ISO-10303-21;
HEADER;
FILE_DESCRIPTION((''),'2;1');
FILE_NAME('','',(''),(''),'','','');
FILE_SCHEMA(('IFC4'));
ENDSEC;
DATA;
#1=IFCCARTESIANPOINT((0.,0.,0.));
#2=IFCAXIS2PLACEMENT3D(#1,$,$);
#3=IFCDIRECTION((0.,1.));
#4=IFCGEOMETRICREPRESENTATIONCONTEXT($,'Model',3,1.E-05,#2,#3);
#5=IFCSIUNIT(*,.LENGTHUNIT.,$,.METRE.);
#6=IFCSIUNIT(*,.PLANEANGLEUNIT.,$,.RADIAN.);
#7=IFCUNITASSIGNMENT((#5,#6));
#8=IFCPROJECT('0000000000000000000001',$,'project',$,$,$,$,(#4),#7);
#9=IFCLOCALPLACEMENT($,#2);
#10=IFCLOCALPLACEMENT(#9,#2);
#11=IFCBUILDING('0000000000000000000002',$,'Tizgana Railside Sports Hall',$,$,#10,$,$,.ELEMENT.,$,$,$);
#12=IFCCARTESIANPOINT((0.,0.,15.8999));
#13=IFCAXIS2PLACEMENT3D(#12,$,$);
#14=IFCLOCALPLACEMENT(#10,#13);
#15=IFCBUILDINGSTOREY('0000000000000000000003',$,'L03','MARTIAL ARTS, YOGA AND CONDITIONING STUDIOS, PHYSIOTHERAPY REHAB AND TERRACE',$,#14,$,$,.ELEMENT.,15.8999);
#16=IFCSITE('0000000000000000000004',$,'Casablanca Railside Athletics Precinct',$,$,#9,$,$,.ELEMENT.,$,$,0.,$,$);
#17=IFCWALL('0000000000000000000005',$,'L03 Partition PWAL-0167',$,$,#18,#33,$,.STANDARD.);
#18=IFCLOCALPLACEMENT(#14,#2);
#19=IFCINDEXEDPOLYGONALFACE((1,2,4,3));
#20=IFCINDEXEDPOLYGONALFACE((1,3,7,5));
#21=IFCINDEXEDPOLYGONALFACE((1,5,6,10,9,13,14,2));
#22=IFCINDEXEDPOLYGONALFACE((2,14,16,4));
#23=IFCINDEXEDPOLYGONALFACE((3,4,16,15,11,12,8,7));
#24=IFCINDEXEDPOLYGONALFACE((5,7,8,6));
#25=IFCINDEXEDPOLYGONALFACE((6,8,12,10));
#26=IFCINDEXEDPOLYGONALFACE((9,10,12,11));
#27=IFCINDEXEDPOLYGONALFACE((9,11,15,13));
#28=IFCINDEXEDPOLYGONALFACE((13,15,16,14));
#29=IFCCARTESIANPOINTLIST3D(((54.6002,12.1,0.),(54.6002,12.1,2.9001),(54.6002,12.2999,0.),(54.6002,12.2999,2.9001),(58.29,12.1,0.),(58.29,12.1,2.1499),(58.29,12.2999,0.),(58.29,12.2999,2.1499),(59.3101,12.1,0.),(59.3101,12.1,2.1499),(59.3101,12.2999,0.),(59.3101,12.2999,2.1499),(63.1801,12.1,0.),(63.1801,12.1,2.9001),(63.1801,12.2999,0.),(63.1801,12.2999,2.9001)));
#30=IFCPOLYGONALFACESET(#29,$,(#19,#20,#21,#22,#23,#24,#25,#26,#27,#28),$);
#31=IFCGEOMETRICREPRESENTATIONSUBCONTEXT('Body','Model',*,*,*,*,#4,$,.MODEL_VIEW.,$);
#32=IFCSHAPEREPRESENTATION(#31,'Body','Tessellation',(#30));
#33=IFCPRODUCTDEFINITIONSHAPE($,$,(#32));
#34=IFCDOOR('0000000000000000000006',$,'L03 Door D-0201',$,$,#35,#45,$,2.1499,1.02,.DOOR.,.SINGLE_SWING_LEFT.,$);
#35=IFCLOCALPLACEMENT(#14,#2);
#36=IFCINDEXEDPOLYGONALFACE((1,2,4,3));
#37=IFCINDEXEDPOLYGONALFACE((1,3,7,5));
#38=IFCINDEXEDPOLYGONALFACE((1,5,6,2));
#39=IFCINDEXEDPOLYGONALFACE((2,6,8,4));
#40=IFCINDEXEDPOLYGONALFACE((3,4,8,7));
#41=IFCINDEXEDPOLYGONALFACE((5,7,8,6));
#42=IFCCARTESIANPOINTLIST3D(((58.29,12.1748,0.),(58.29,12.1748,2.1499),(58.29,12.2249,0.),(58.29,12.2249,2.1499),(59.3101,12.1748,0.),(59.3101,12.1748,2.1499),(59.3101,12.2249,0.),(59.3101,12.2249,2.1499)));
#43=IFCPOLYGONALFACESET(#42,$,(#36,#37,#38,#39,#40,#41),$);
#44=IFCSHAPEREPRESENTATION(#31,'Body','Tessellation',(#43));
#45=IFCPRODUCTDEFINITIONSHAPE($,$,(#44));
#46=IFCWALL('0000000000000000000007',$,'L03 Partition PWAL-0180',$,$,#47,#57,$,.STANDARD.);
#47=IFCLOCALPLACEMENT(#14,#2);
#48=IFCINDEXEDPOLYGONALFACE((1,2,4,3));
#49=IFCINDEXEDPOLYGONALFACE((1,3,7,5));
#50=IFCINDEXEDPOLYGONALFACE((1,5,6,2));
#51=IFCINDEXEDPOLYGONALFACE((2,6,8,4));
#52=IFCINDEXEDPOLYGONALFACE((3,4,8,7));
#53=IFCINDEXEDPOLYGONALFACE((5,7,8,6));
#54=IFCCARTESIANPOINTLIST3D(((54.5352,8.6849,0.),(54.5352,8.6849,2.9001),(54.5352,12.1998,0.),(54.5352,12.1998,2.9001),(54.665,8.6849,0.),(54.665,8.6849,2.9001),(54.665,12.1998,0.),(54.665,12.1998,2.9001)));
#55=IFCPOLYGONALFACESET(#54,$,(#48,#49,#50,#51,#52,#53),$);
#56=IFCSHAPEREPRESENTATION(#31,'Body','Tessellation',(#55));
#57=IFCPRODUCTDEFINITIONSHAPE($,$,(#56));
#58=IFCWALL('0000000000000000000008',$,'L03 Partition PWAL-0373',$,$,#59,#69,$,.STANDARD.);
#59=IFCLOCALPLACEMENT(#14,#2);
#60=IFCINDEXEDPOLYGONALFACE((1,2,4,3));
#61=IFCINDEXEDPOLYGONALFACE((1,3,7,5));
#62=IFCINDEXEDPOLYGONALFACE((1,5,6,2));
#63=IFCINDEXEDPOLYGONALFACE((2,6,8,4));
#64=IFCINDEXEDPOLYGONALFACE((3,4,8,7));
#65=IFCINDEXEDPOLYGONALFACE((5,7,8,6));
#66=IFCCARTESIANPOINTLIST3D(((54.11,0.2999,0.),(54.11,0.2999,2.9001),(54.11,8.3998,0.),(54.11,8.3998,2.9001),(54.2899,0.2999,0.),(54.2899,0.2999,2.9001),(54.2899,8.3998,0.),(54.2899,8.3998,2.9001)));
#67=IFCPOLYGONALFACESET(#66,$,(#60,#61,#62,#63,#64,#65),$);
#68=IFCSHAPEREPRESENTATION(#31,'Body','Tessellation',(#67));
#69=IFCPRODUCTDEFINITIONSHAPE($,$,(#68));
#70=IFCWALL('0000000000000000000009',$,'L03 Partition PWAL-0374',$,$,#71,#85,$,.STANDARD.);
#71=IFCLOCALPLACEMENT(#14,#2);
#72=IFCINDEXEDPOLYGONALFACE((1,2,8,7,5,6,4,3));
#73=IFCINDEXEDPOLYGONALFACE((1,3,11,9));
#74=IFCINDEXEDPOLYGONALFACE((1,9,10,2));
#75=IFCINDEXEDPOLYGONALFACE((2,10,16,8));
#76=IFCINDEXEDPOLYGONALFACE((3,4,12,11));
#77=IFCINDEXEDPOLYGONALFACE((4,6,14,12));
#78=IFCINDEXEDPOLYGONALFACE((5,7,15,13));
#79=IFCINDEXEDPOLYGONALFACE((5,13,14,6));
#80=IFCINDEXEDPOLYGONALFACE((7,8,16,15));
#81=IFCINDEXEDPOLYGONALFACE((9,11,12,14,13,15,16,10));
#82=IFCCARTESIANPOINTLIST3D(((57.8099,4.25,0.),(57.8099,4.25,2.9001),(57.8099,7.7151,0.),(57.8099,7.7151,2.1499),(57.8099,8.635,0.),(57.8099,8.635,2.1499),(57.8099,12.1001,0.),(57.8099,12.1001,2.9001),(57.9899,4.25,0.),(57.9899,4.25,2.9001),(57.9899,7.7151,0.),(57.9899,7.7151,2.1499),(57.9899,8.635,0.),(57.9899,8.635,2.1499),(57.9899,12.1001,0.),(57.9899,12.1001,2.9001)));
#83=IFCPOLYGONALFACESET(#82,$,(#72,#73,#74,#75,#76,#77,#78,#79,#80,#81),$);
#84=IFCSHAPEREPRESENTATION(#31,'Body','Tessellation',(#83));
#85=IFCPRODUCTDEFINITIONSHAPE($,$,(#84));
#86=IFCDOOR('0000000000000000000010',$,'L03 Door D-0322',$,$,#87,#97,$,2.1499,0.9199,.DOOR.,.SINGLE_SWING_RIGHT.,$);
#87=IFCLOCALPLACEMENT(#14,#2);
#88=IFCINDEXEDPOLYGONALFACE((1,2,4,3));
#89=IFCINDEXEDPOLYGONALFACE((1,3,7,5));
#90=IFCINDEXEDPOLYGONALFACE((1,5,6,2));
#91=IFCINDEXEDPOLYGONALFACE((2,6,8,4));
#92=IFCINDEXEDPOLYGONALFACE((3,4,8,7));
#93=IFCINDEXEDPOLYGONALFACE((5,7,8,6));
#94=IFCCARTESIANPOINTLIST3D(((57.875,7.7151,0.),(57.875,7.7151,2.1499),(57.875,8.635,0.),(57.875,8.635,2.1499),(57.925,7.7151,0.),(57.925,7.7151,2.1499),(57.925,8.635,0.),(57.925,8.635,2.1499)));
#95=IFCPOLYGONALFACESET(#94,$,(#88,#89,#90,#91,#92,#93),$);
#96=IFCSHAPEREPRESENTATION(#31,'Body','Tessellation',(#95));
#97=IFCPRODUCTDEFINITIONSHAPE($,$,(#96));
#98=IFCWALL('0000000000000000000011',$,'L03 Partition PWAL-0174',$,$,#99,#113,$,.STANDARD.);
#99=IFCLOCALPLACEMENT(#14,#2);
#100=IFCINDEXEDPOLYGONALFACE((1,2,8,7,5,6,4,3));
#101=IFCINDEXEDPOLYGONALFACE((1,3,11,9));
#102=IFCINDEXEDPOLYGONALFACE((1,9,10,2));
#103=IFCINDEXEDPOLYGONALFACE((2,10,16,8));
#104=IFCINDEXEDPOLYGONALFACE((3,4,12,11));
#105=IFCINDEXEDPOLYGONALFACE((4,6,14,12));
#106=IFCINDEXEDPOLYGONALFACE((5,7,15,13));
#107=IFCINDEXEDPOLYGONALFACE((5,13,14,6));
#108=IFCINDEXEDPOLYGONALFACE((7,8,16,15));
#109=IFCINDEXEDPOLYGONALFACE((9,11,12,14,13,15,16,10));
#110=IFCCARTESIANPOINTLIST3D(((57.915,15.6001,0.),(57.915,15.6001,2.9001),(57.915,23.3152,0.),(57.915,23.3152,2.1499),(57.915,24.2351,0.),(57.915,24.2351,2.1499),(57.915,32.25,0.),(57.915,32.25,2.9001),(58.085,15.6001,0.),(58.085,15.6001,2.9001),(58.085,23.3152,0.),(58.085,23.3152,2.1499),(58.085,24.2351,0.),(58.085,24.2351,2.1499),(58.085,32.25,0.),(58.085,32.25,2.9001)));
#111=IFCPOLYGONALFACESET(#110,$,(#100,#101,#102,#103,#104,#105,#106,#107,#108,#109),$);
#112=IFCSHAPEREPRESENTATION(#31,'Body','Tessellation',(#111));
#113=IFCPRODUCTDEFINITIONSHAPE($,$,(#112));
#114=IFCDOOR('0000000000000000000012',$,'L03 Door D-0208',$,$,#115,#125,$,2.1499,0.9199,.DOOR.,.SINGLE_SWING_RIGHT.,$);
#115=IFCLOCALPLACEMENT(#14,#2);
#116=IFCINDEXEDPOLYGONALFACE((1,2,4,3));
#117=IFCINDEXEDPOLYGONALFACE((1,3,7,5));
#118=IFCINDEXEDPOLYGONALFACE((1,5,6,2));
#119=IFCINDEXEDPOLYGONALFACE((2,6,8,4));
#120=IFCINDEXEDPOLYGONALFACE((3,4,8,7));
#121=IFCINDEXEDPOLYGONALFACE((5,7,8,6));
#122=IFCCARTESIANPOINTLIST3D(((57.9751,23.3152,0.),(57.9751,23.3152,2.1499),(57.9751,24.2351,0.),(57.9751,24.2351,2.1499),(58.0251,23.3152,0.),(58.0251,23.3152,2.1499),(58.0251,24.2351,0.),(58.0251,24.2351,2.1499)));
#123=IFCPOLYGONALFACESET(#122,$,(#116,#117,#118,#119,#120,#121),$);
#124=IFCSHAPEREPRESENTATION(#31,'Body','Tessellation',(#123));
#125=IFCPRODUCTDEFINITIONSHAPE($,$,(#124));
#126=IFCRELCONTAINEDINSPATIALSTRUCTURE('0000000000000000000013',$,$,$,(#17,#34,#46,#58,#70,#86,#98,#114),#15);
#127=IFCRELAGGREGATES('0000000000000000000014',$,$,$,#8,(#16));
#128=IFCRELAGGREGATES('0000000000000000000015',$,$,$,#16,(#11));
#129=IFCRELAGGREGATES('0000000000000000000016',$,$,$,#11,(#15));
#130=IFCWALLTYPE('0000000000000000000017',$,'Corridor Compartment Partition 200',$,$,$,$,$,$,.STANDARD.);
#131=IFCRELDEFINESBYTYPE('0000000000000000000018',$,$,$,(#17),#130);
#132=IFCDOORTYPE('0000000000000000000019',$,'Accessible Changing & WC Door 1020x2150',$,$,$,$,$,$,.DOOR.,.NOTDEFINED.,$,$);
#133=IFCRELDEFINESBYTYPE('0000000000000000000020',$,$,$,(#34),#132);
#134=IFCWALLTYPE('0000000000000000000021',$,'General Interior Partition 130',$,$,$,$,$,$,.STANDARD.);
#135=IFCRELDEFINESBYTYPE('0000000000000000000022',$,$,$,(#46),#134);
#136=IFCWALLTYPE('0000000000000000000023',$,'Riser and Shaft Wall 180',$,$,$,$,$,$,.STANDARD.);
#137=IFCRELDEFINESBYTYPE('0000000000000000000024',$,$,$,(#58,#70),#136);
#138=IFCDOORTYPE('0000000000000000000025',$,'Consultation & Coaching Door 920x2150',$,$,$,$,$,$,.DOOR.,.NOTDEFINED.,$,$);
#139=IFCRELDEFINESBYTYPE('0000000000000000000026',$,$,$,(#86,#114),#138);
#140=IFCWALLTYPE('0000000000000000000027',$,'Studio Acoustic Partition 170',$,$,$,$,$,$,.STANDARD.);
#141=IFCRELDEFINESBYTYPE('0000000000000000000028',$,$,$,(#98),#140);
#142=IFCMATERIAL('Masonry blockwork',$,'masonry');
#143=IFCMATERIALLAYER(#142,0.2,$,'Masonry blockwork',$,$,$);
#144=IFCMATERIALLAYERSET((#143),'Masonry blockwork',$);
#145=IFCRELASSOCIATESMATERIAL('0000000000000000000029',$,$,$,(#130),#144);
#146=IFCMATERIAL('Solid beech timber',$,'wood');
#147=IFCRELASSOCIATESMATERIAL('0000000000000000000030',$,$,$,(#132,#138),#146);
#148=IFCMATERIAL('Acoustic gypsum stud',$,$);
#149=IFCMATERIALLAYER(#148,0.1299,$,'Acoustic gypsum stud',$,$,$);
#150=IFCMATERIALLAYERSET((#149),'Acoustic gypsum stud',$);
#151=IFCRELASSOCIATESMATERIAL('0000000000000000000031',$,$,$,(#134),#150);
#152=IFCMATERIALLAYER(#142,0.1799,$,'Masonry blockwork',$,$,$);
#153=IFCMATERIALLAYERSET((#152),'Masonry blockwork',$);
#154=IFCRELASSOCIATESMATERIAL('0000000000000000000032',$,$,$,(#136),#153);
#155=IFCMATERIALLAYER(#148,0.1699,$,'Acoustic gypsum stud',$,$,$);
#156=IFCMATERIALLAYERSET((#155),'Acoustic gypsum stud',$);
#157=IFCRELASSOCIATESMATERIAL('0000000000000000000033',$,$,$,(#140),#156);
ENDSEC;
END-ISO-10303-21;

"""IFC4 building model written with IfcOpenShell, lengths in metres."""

from ifc_helpers import new_model, si_unit, direction, frame, frame_2d, origin, place, context, subcontext, project, spatial, rectangle, extrude, material, layer, layer_set, type_object, element, fill, save


model = new_model("IFC4")

# Units and contexts
model_context = context("Model", 3, precision=1e-05, world=origin(), true_north=direction((0.0, 1.0)))
body_context = subcontext(model_context, "Body", "Model", "MODEL_VIEW")
ifc_project = project(units=[si_unit("LENGTHUNIT", "METRE"), si_unit("PLANEANGLEUNIT", "RADIAN")], contexts=[model_context])

# Site, building, storey
site_placement = place(None, origin())
site = spatial("IfcSite", under=ifc_project, at=site_placement, Name="Casablanca Railside Athletics Precinct", CompositionType="ELEMENT", RefElevation=0.0)
building_placement = place(site_placement, origin())
building = spatial("IfcBuilding", under=site, at=building_placement, Name="Tizgana Railside Sports Hall", CompositionType="ELEMENT")
storey_placement = place(building_placement, frame((0.0, 0.0, 15.8999)))
storey = spatial("IfcBuildingStorey", under=building, at=storey_placement, Name="L03", Description="MARTIAL ARTS, YOGA AND CONDITIONING STUDIOS, PHYSIOTHERAPY REHAB AND TERRACE", CompositionType="ELEMENT", Elevation=15.8999)

# Wall, opening, door
ifc_material_1 = material(Name="Masonry blockwork", Category="masonry")
ifc_layer_1 = layer(ifc_material_1, 0.2, Name="Masonry blockwork")
ifc_layer_set_1 = layer_set([ifc_layer_1], Name="Masonry blockwork")
wall_type_1 = type_object("IfcWallType", Name="Corridor Compartment Partition 200", PredefinedType="STANDARD", material=ifc_layer_set_1)
wall_1_placement = place(storey_placement, frame((54.6001, 12.2, 0.0), z_axis=(0.0, 0.0, 1.0), x_axis=(1.0, 0.0, 0.0)))
wall_1 = element("IfcWall", 1, at=wall_1_placement, inside=storey, type_object=wall_type_1, Name="L03 Partition PWAL-0167", PredefinedType="STANDARD", context=body_context, shape_type="SweptSolid", body=[
    extrude(rectangle(XDim=8.5798, YDim=0.2, at=frame_2d((4.29, 0.0))), origin(), (0.0, 0.0, 1.0), 2.9001),
])
opening_1_placement = place(wall_1_placement, frame((3.6899, 0.0, 0.0)))
opening_1 = element("IfcOpeningElement", 2, at=opening_1_placement, cuts=wall_1, PredefinedType="OPENING", context=body_context, shape_type="SweptSolid", body=[
    extrude(rectangle(XDim=1.02, YDim=2.1499, at=frame_2d((0.51, 1.075))), frame((0.0, 0.1099, 0.0), z_axis=(0.0, -1.0, 0.0), x_axis=(1.0, 0.0, 0.0)), (0.0, 0.0, 1.0), 0.22),
])
ifc_material_2 = material(Name="Solid beech timber", Category="wood")
door_type_1 = type_object("IfcDoorType", Name="Accessible Changing & WC Door 1020x2150", OperationType="NOTDEFINED", PredefinedType="DOOR", material=ifc_material_2)
door_1_placement = place(opening_1_placement, origin())
door_1 = element("IfcDoor", 3, at=door_1_placement, inside=storey, type_object=door_type_1, Name="L03 Door D-0201", OperationType="SINGLE_SWING_LEFT", OverallHeight=2.1499, OverallWidth=1.02, PredefinedType="DOOR", context=body_context, shape_type="SweptSolid", body=[
    extrude(rectangle(XDim=1.02, YDim=2.1499, at=frame_2d((0.51, 1.075))), frame((0.0, 0.0249, 0.0), z_axis=(0.0, -1.0, 0.0), x_axis=(1.0, 0.0, 0.0)), (0.0, 0.0, 1.0), 0.05),
])
fill(opening_1, door_1)

# Walls
ifc_material_3 = material(Name="Acoustic gypsum stud")
ifc_layer_2 = layer(ifc_material_3, 0.1299, Name="Acoustic gypsum stud")
ifc_layer_set_2 = layer_set([ifc_layer_2], Name="Acoustic gypsum stud")
wall_type_2 = type_object("IfcWallType", Name="General Interior Partition 130", PredefinedType="STANDARD", material=ifc_layer_set_2)
wall_2_placement = place(storey_placement, frame((54.6001, 8.6851, 0.0), z_axis=(0.0, 0.0, 1.0), x_axis=(0.0, 1.0, 0.0)))
element("IfcWall", 4, at=wall_2_placement, inside=storey, type_object=wall_type_2, Name="L03 Partition PWAL-0180", PredefinedType="STANDARD", context=body_context, shape_type="SweptSolid", body=[
    extrude(rectangle(XDim=3.5149, YDim=0.1299, at=frame_2d((1.7573, 0.0))), origin(), (0.0, 0.0, 1.0), 2.9001),
])
ifc_layer_3 = layer(ifc_material_1, 0.1799, Name="Masonry blockwork")
ifc_layer_set_3 = layer_set([ifc_layer_3], Name="Masonry blockwork")
wall_type_3 = type_object("IfcWallType", Name="Riser and Shaft Wall 180", PredefinedType="STANDARD", material=ifc_layer_set_3)
wall_3_placement = place(storey_placement, frame((54.2, 0.3, 0.0), z_axis=(0.0, 0.0, 1.0), x_axis=(0.0, 1.0, 0.0)))
element("IfcWall", 5, at=wall_3_placement, inside=storey, type_object=wall_type_3, Name="L03 Partition PWAL-0373", PredefinedType="STANDARD", context=body_context, shape_type="SweptSolid", body=[
    extrude(rectangle(XDim=8.0999, YDim=0.1799, at=frame_2d((4.0498, 0.0))), origin(), (0.0, 0.0, 1.0), 2.9001),
])

# Walls, openings, doors
wall_4_placement = place(storey_placement, frame((57.8999, 4.25, 0.0), z_axis=(0.0, 0.0, 1.0), x_axis=(0.0, 1.0, 0.0)))
wall_4 = element("IfcWall", 6, at=wall_4_placement, inside=storey, type_object=wall_type_3, Name="L03 Partition PWAL-0374", PredefinedType="STANDARD", context=body_context, shape_type="SweptSolid", body=[
    extrude(rectangle(XDim=7.8501, YDim=0.1799, at=frame_2d((3.925, 0.0))), origin(), (0.0, 0.0, 1.0), 2.9001),
])
opening_2_placement = place(wall_4_placement, frame((3.4651, 0.0, 0.0)))
opening_2 = element("IfcOpeningElement", 7, at=opening_2_placement, cuts=wall_4, PredefinedType="OPENING", context=body_context, shape_type="SweptSolid", body=[
    extrude(rectangle(XDim=0.9199, YDim=2.1499, at=frame_2d((0.46, 1.075))), frame((0.0, 0.0999, 0.0), z_axis=(0.0, -1.0, 0.0), x_axis=(1.0, 0.0, 0.0)), (0.0, 0.0, 1.0), 0.2),
])
door_type_2 = type_object("IfcDoorType", Name="Consultation & Coaching Door 920x2150", OperationType="NOTDEFINED", PredefinedType="DOOR", material=ifc_material_2)
door_2_placement = place(opening_2_placement, origin())
door_2 = element("IfcDoor", 8, at=door_2_placement, inside=storey, type_object=door_type_2, Name="L03 Door D-0322", OperationType="SINGLE_SWING_RIGHT", OverallHeight=2.1499, OverallWidth=0.9199, PredefinedType="DOOR", context=body_context, shape_type="SweptSolid", body=[
    extrude(rectangle(XDim=0.9199, YDim=2.1499, at=frame_2d((0.46, 1.075))), frame((0.0, 0.0249, 0.0), z_axis=(0.0, -1.0, 0.0), x_axis=(1.0, 0.0, 0.0)), (0.0, 0.0, 1.0), 0.05),
])
fill(opening_2, door_2)
ifc_layer_4 = layer(ifc_material_3, 0.1699, Name="Acoustic gypsum stud")
ifc_layer_set_4 = layer_set([ifc_layer_4], Name="Acoustic gypsum stud")
wall_type_4 = type_object("IfcWallType", Name="Studio Acoustic Partition 170", PredefinedType="STANDARD", material=ifc_layer_set_4)
wall_5_placement = place(storey_placement, frame((58.0, 15.6001, 0.0), z_axis=(0.0, 0.0, 1.0), x_axis=(0.0, 1.0, 0.0)))
wall_5 = element("IfcWall", 9, at=wall_5_placement, inside=storey, type_object=wall_type_4, Name="L03 Partition PWAL-0174", PredefinedType="STANDARD", context=body_context, shape_type="SweptSolid", body=[
    extrude(rectangle(XDim=16.6499, YDim=0.1699, at=frame_2d((8.325, 0.0))), origin(), (0.0, 0.0, 1.0), 2.9001),
])
opening_3_placement = place(wall_5_placement, frame((7.7151, 0.0, 0.0)))
opening_3 = element("IfcOpeningElement", 10, at=opening_3_placement, cuts=wall_5, PredefinedType="OPENING", context=body_context, shape_type="SweptSolid", body=[
    extrude(rectangle(XDim=0.9199, YDim=2.1499, at=frame_2d((0.46, 1.075))), frame((0.0, 0.095, 0.0), z_axis=(0.0, -1.0, 0.0), x_axis=(1.0, 0.0, 0.0)), (0.0, 0.0, 1.0), 0.1899),
])
door_3_placement = place(opening_3_placement, origin())
door_3 = element("IfcDoor", 11, at=door_3_placement, inside=storey, type_object=door_type_2, Name="L03 Door D-0208", OperationType="SINGLE_SWING_RIGHT", OverallHeight=2.1499, OverallWidth=0.9199, PredefinedType="DOOR", context=body_context, shape_type="SweptSolid", body=[
    extrude(rectangle(XDim=0.9199, YDim=2.1499, at=frame_2d((0.46, 1.075))), frame((0.0, 0.0249, 0.0), z_axis=(0.0, -1.0, 0.0), x_axis=(1.0, 0.0, 0.0)), (0.0, 0.0, 1.0), 0.05),
])
fill(opening_3, door_3)

save(model, "model.ifc")
